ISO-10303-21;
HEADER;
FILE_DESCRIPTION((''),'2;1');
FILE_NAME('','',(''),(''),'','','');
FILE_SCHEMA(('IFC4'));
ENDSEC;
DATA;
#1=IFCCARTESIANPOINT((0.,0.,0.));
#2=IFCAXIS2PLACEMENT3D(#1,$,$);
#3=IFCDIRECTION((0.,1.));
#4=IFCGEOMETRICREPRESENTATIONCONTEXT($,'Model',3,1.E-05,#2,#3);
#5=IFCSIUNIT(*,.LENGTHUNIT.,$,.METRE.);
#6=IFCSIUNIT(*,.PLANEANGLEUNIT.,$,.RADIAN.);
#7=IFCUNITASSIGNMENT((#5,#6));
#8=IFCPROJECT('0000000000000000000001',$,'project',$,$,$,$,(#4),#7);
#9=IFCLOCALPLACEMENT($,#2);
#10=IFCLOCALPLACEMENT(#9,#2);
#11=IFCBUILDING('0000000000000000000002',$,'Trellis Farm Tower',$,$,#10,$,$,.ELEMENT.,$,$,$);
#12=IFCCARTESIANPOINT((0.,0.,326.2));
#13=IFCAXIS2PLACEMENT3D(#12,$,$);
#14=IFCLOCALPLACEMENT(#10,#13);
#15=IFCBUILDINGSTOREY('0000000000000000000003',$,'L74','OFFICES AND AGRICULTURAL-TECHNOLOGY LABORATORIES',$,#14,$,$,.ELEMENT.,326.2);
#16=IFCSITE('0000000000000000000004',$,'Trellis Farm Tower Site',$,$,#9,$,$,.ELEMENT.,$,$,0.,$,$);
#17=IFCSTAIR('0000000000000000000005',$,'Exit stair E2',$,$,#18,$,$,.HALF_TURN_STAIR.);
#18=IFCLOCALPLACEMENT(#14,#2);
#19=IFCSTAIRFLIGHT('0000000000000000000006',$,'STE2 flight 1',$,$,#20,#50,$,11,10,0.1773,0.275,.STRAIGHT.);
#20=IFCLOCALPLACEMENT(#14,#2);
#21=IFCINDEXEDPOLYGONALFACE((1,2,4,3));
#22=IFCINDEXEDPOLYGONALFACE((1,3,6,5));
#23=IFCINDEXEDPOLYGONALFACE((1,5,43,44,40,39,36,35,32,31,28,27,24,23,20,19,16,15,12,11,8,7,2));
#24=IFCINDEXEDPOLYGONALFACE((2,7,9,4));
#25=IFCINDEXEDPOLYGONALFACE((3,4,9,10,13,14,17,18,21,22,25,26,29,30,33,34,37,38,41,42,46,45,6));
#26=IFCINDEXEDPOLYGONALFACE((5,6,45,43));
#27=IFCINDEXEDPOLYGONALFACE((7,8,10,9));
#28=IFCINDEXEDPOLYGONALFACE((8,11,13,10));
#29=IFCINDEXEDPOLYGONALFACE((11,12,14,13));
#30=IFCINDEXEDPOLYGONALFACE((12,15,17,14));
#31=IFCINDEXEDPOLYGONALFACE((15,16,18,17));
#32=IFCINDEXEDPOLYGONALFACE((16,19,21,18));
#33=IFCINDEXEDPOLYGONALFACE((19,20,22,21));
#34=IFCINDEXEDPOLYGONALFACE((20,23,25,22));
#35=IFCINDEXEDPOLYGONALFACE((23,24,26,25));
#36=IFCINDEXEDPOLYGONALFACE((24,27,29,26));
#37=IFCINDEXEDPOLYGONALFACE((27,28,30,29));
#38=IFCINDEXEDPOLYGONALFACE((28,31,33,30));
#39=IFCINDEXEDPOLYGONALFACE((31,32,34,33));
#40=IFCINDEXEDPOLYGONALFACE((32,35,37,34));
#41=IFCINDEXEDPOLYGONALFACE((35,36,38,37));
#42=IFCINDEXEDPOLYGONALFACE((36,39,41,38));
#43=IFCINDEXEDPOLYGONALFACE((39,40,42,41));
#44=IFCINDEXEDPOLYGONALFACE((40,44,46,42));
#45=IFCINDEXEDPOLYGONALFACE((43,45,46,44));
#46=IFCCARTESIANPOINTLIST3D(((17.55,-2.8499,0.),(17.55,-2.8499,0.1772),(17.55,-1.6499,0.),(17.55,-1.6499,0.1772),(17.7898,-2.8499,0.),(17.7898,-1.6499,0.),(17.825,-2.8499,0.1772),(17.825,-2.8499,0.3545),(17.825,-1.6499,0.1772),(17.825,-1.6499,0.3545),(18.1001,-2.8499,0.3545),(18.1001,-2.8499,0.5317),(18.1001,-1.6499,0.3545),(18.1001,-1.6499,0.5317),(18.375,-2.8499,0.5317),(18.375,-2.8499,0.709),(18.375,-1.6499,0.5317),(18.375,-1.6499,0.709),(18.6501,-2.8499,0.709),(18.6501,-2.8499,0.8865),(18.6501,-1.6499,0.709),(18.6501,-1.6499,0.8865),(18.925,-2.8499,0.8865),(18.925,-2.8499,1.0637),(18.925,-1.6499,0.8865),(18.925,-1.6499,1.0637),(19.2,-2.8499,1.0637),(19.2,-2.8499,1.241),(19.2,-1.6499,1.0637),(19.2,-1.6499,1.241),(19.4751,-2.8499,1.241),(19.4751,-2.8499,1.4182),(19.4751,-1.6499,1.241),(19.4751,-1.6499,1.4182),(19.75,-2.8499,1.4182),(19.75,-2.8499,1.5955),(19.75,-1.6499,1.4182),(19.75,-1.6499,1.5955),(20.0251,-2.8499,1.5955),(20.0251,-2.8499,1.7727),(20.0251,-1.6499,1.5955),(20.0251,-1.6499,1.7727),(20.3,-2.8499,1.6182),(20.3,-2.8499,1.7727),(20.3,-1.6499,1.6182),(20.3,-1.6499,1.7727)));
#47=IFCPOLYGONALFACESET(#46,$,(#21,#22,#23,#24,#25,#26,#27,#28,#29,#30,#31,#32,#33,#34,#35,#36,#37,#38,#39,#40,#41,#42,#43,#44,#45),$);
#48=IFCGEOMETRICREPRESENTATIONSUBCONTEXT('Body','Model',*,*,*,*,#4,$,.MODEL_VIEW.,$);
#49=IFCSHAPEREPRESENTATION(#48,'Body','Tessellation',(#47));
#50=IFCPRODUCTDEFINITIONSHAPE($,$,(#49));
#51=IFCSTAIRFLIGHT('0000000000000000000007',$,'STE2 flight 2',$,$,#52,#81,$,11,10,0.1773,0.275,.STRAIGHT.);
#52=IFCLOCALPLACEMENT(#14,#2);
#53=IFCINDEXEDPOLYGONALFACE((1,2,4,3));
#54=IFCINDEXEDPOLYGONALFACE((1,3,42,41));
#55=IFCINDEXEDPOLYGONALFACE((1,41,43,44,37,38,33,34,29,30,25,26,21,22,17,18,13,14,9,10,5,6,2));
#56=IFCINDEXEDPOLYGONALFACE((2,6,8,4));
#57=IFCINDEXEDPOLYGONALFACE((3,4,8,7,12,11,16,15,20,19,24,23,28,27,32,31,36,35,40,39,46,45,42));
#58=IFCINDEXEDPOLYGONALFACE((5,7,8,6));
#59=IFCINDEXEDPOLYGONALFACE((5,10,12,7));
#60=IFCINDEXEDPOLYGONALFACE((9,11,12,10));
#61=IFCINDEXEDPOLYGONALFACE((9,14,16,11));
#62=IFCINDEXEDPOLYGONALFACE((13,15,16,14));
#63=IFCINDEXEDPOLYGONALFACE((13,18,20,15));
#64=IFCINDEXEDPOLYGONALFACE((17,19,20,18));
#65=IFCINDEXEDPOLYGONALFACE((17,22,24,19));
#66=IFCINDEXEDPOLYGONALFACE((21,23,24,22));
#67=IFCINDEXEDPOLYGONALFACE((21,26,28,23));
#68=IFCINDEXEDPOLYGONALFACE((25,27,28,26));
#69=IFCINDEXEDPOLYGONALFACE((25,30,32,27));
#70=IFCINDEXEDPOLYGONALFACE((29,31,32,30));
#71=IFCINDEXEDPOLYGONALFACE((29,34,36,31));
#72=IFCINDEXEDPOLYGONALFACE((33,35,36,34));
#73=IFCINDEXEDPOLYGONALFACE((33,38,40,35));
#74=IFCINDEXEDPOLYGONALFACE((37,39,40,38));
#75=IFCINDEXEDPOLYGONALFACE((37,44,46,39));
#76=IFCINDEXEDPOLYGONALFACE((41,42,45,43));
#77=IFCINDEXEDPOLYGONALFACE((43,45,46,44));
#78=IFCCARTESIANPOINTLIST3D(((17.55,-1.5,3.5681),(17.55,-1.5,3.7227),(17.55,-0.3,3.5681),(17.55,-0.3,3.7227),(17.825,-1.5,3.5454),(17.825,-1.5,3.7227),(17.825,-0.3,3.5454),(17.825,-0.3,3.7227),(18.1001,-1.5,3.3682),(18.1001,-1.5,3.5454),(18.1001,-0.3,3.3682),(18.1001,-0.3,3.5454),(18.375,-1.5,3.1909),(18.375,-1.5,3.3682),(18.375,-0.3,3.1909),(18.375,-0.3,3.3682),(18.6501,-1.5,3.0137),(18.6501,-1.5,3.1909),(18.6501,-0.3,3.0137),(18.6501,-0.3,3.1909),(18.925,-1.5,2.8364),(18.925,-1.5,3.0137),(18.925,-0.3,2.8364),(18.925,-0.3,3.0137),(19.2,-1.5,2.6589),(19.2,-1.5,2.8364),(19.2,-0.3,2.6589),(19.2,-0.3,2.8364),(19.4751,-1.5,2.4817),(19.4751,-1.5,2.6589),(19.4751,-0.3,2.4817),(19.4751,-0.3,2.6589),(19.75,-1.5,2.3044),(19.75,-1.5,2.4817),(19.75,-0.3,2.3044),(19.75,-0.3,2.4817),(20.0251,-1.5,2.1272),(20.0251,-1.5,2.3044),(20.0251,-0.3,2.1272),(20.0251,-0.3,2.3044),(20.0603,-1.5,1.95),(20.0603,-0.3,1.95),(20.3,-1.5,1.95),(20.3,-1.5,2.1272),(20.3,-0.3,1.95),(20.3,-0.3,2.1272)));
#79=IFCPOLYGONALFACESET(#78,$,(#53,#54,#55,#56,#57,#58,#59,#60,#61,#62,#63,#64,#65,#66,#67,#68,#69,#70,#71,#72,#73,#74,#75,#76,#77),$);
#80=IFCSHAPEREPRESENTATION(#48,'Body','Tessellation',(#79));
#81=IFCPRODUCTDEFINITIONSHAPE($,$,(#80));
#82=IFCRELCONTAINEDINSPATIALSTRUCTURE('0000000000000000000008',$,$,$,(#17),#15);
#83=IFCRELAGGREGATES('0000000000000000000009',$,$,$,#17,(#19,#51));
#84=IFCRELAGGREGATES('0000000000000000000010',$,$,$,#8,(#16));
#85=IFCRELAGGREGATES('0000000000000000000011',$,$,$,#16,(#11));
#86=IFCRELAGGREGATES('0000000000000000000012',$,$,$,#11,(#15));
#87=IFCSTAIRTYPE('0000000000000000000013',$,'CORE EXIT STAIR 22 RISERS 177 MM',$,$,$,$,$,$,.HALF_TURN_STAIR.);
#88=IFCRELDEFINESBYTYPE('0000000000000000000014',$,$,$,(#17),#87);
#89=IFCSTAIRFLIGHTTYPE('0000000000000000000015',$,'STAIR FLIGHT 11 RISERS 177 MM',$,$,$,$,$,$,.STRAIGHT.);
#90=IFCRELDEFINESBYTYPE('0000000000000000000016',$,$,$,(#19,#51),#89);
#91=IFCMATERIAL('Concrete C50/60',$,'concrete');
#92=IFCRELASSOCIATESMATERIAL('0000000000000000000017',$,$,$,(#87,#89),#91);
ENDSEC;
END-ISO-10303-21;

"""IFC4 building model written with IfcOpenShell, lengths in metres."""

from ifc_helpers import new_model, si_unit, direction, frame, origin, place, context, subcontext, project, spatial, polyline, outline, extrude, source, transform, mapped, material, type_object, element, aggregate, save


model = new_model("IFC4")

# Units and contexts
model_context = context("Model", 3, precision=1e-05, world=origin(), true_north=direction((0.0, 1.0)))
body_context = subcontext(model_context, "Body", "Model", "MODEL_VIEW")
ifc_project = project(units=[si_unit("LENGTHUNIT", "METRE"), si_unit("PLANEANGLEUNIT", "RADIAN")], contexts=[model_context])

# Site, building, storey
site_placement = place(None, origin())
site = spatial("IfcSite", under=ifc_project, at=site_placement, Name="Trellis Farm Tower Site", CompositionType="ELEMENT", RefElevation=0.0)
building_placement = place(site_placement, origin())
building = spatial("IfcBuilding", under=site, at=building_placement, Name="Trellis Farm Tower", CompositionType="ELEMENT")
storey_placement = place(building_placement, frame((0.0, 0.0, 326.2)))
storey = spatial("IfcBuildingStorey", under=building, at=storey_placement, Name="L74", Description="OFFICES AND AGRICULTURAL-TECHNOLOGY LABORATORIES", CompositionType="ELEMENT", Elevation=326.2)

# Shared definitions
placement = place(storey_placement, origin())

# Shared definitions
ifc_material_1 = material(Name="Concrete C50/60", Category="concrete")

# Stair, stair flights
stair_type = type_object("IfcStairType", Name="CORE EXIT STAIR 22 RISERS 177 MM", PredefinedType="HALF_TURN_STAIR", material=ifc_material_1)
stair_flight_type = type_object("IfcStairFlightType", Name="STAIR FLIGHT 11 RISERS 177 MM", PredefinedType="STRAIGHT", material=ifc_material_1)
shared_shape_1 = source(origin(), body_context, "Body", "SweptSolid", [
    extrude(outline(polyline([(0.0, 0.0), (0.0, 0.1772), (0.2749, 0.1772), (0.2749, 0.3545), (0.55, 0.3545), (0.55, 0.5317), (0.825, 0.5317), (0.825, 0.709), (1.1001, 0.709), (1.1001, 0.8865), (1.375, 0.8865), (1.375, 1.0637), (1.6499, 1.0637), (1.6499, 1.241), (1.925, 1.241), (1.925, 1.4182), (2.2, 1.4182), (2.2, 1.5955), (2.4751, 1.5955), (2.4751, 1.7727), (2.75, 1.7727), (2.75, 1.95), (2.75, 1.6182), (0.2397, 0.0), (0.0, 0.0)])), frame((0.0, 0.6001, 0.0), z_axis=(0.0, -1.0, 0.0), x_axis=(1.0, 0.0, 0.0)), (0.0, 0.0, 1.0), 1.2),
])
stair_1 = element("IfcStair", 1, at=placement, inside=storey, type_object=stair_type, Name="Exit stair E2", PredefinedType="HALF_TURN_STAIR")
stair_flight_1_placement = place(storey_placement, frame((17.55, -2.25, 0.0), z_axis=(0.0, 0.0, 1.0), x_axis=(1.0, 0.0, 0.0)))
stair_flight_1 = element("IfcStairFlight", 2, at=stair_flight_1_placement, type_object=stair_flight_type, Name="STE2 flight 1", NumberOfRisers=11, NumberOfTreads=10, PredefinedType="STRAIGHT", RiserHeight=0.1773, TreadLength=0.275, context=body_context, shape_type="MappedRepresentation", body=[
    mapped(shared_shape_1, transform((0.0, 0.0, 0.0))),
])
stair_flight_2_placement = place(storey_placement, frame((20.3, -0.8999, 1.95), z_axis=(0.0, 0.0, 1.0), x_axis=(-1.0, 0.0, 0.0)))
stair_flight_2 = element("IfcStairFlight", 3, at=stair_flight_2_placement, type_object=stair_flight_type, Name="STE2 flight 2", NumberOfRisers=11, NumberOfTreads=10, PredefinedType="STRAIGHT", RiserHeight=0.1773, TreadLength=0.275, context=body_context, shape_type="MappedRepresentation", body=[
    mapped(shared_shape_1, transform((0.0, 0.0, 0.0))),
])
aggregate(stair_1, [stair_flight_1, stair_flight_2])

save(model, "model.ifc")
